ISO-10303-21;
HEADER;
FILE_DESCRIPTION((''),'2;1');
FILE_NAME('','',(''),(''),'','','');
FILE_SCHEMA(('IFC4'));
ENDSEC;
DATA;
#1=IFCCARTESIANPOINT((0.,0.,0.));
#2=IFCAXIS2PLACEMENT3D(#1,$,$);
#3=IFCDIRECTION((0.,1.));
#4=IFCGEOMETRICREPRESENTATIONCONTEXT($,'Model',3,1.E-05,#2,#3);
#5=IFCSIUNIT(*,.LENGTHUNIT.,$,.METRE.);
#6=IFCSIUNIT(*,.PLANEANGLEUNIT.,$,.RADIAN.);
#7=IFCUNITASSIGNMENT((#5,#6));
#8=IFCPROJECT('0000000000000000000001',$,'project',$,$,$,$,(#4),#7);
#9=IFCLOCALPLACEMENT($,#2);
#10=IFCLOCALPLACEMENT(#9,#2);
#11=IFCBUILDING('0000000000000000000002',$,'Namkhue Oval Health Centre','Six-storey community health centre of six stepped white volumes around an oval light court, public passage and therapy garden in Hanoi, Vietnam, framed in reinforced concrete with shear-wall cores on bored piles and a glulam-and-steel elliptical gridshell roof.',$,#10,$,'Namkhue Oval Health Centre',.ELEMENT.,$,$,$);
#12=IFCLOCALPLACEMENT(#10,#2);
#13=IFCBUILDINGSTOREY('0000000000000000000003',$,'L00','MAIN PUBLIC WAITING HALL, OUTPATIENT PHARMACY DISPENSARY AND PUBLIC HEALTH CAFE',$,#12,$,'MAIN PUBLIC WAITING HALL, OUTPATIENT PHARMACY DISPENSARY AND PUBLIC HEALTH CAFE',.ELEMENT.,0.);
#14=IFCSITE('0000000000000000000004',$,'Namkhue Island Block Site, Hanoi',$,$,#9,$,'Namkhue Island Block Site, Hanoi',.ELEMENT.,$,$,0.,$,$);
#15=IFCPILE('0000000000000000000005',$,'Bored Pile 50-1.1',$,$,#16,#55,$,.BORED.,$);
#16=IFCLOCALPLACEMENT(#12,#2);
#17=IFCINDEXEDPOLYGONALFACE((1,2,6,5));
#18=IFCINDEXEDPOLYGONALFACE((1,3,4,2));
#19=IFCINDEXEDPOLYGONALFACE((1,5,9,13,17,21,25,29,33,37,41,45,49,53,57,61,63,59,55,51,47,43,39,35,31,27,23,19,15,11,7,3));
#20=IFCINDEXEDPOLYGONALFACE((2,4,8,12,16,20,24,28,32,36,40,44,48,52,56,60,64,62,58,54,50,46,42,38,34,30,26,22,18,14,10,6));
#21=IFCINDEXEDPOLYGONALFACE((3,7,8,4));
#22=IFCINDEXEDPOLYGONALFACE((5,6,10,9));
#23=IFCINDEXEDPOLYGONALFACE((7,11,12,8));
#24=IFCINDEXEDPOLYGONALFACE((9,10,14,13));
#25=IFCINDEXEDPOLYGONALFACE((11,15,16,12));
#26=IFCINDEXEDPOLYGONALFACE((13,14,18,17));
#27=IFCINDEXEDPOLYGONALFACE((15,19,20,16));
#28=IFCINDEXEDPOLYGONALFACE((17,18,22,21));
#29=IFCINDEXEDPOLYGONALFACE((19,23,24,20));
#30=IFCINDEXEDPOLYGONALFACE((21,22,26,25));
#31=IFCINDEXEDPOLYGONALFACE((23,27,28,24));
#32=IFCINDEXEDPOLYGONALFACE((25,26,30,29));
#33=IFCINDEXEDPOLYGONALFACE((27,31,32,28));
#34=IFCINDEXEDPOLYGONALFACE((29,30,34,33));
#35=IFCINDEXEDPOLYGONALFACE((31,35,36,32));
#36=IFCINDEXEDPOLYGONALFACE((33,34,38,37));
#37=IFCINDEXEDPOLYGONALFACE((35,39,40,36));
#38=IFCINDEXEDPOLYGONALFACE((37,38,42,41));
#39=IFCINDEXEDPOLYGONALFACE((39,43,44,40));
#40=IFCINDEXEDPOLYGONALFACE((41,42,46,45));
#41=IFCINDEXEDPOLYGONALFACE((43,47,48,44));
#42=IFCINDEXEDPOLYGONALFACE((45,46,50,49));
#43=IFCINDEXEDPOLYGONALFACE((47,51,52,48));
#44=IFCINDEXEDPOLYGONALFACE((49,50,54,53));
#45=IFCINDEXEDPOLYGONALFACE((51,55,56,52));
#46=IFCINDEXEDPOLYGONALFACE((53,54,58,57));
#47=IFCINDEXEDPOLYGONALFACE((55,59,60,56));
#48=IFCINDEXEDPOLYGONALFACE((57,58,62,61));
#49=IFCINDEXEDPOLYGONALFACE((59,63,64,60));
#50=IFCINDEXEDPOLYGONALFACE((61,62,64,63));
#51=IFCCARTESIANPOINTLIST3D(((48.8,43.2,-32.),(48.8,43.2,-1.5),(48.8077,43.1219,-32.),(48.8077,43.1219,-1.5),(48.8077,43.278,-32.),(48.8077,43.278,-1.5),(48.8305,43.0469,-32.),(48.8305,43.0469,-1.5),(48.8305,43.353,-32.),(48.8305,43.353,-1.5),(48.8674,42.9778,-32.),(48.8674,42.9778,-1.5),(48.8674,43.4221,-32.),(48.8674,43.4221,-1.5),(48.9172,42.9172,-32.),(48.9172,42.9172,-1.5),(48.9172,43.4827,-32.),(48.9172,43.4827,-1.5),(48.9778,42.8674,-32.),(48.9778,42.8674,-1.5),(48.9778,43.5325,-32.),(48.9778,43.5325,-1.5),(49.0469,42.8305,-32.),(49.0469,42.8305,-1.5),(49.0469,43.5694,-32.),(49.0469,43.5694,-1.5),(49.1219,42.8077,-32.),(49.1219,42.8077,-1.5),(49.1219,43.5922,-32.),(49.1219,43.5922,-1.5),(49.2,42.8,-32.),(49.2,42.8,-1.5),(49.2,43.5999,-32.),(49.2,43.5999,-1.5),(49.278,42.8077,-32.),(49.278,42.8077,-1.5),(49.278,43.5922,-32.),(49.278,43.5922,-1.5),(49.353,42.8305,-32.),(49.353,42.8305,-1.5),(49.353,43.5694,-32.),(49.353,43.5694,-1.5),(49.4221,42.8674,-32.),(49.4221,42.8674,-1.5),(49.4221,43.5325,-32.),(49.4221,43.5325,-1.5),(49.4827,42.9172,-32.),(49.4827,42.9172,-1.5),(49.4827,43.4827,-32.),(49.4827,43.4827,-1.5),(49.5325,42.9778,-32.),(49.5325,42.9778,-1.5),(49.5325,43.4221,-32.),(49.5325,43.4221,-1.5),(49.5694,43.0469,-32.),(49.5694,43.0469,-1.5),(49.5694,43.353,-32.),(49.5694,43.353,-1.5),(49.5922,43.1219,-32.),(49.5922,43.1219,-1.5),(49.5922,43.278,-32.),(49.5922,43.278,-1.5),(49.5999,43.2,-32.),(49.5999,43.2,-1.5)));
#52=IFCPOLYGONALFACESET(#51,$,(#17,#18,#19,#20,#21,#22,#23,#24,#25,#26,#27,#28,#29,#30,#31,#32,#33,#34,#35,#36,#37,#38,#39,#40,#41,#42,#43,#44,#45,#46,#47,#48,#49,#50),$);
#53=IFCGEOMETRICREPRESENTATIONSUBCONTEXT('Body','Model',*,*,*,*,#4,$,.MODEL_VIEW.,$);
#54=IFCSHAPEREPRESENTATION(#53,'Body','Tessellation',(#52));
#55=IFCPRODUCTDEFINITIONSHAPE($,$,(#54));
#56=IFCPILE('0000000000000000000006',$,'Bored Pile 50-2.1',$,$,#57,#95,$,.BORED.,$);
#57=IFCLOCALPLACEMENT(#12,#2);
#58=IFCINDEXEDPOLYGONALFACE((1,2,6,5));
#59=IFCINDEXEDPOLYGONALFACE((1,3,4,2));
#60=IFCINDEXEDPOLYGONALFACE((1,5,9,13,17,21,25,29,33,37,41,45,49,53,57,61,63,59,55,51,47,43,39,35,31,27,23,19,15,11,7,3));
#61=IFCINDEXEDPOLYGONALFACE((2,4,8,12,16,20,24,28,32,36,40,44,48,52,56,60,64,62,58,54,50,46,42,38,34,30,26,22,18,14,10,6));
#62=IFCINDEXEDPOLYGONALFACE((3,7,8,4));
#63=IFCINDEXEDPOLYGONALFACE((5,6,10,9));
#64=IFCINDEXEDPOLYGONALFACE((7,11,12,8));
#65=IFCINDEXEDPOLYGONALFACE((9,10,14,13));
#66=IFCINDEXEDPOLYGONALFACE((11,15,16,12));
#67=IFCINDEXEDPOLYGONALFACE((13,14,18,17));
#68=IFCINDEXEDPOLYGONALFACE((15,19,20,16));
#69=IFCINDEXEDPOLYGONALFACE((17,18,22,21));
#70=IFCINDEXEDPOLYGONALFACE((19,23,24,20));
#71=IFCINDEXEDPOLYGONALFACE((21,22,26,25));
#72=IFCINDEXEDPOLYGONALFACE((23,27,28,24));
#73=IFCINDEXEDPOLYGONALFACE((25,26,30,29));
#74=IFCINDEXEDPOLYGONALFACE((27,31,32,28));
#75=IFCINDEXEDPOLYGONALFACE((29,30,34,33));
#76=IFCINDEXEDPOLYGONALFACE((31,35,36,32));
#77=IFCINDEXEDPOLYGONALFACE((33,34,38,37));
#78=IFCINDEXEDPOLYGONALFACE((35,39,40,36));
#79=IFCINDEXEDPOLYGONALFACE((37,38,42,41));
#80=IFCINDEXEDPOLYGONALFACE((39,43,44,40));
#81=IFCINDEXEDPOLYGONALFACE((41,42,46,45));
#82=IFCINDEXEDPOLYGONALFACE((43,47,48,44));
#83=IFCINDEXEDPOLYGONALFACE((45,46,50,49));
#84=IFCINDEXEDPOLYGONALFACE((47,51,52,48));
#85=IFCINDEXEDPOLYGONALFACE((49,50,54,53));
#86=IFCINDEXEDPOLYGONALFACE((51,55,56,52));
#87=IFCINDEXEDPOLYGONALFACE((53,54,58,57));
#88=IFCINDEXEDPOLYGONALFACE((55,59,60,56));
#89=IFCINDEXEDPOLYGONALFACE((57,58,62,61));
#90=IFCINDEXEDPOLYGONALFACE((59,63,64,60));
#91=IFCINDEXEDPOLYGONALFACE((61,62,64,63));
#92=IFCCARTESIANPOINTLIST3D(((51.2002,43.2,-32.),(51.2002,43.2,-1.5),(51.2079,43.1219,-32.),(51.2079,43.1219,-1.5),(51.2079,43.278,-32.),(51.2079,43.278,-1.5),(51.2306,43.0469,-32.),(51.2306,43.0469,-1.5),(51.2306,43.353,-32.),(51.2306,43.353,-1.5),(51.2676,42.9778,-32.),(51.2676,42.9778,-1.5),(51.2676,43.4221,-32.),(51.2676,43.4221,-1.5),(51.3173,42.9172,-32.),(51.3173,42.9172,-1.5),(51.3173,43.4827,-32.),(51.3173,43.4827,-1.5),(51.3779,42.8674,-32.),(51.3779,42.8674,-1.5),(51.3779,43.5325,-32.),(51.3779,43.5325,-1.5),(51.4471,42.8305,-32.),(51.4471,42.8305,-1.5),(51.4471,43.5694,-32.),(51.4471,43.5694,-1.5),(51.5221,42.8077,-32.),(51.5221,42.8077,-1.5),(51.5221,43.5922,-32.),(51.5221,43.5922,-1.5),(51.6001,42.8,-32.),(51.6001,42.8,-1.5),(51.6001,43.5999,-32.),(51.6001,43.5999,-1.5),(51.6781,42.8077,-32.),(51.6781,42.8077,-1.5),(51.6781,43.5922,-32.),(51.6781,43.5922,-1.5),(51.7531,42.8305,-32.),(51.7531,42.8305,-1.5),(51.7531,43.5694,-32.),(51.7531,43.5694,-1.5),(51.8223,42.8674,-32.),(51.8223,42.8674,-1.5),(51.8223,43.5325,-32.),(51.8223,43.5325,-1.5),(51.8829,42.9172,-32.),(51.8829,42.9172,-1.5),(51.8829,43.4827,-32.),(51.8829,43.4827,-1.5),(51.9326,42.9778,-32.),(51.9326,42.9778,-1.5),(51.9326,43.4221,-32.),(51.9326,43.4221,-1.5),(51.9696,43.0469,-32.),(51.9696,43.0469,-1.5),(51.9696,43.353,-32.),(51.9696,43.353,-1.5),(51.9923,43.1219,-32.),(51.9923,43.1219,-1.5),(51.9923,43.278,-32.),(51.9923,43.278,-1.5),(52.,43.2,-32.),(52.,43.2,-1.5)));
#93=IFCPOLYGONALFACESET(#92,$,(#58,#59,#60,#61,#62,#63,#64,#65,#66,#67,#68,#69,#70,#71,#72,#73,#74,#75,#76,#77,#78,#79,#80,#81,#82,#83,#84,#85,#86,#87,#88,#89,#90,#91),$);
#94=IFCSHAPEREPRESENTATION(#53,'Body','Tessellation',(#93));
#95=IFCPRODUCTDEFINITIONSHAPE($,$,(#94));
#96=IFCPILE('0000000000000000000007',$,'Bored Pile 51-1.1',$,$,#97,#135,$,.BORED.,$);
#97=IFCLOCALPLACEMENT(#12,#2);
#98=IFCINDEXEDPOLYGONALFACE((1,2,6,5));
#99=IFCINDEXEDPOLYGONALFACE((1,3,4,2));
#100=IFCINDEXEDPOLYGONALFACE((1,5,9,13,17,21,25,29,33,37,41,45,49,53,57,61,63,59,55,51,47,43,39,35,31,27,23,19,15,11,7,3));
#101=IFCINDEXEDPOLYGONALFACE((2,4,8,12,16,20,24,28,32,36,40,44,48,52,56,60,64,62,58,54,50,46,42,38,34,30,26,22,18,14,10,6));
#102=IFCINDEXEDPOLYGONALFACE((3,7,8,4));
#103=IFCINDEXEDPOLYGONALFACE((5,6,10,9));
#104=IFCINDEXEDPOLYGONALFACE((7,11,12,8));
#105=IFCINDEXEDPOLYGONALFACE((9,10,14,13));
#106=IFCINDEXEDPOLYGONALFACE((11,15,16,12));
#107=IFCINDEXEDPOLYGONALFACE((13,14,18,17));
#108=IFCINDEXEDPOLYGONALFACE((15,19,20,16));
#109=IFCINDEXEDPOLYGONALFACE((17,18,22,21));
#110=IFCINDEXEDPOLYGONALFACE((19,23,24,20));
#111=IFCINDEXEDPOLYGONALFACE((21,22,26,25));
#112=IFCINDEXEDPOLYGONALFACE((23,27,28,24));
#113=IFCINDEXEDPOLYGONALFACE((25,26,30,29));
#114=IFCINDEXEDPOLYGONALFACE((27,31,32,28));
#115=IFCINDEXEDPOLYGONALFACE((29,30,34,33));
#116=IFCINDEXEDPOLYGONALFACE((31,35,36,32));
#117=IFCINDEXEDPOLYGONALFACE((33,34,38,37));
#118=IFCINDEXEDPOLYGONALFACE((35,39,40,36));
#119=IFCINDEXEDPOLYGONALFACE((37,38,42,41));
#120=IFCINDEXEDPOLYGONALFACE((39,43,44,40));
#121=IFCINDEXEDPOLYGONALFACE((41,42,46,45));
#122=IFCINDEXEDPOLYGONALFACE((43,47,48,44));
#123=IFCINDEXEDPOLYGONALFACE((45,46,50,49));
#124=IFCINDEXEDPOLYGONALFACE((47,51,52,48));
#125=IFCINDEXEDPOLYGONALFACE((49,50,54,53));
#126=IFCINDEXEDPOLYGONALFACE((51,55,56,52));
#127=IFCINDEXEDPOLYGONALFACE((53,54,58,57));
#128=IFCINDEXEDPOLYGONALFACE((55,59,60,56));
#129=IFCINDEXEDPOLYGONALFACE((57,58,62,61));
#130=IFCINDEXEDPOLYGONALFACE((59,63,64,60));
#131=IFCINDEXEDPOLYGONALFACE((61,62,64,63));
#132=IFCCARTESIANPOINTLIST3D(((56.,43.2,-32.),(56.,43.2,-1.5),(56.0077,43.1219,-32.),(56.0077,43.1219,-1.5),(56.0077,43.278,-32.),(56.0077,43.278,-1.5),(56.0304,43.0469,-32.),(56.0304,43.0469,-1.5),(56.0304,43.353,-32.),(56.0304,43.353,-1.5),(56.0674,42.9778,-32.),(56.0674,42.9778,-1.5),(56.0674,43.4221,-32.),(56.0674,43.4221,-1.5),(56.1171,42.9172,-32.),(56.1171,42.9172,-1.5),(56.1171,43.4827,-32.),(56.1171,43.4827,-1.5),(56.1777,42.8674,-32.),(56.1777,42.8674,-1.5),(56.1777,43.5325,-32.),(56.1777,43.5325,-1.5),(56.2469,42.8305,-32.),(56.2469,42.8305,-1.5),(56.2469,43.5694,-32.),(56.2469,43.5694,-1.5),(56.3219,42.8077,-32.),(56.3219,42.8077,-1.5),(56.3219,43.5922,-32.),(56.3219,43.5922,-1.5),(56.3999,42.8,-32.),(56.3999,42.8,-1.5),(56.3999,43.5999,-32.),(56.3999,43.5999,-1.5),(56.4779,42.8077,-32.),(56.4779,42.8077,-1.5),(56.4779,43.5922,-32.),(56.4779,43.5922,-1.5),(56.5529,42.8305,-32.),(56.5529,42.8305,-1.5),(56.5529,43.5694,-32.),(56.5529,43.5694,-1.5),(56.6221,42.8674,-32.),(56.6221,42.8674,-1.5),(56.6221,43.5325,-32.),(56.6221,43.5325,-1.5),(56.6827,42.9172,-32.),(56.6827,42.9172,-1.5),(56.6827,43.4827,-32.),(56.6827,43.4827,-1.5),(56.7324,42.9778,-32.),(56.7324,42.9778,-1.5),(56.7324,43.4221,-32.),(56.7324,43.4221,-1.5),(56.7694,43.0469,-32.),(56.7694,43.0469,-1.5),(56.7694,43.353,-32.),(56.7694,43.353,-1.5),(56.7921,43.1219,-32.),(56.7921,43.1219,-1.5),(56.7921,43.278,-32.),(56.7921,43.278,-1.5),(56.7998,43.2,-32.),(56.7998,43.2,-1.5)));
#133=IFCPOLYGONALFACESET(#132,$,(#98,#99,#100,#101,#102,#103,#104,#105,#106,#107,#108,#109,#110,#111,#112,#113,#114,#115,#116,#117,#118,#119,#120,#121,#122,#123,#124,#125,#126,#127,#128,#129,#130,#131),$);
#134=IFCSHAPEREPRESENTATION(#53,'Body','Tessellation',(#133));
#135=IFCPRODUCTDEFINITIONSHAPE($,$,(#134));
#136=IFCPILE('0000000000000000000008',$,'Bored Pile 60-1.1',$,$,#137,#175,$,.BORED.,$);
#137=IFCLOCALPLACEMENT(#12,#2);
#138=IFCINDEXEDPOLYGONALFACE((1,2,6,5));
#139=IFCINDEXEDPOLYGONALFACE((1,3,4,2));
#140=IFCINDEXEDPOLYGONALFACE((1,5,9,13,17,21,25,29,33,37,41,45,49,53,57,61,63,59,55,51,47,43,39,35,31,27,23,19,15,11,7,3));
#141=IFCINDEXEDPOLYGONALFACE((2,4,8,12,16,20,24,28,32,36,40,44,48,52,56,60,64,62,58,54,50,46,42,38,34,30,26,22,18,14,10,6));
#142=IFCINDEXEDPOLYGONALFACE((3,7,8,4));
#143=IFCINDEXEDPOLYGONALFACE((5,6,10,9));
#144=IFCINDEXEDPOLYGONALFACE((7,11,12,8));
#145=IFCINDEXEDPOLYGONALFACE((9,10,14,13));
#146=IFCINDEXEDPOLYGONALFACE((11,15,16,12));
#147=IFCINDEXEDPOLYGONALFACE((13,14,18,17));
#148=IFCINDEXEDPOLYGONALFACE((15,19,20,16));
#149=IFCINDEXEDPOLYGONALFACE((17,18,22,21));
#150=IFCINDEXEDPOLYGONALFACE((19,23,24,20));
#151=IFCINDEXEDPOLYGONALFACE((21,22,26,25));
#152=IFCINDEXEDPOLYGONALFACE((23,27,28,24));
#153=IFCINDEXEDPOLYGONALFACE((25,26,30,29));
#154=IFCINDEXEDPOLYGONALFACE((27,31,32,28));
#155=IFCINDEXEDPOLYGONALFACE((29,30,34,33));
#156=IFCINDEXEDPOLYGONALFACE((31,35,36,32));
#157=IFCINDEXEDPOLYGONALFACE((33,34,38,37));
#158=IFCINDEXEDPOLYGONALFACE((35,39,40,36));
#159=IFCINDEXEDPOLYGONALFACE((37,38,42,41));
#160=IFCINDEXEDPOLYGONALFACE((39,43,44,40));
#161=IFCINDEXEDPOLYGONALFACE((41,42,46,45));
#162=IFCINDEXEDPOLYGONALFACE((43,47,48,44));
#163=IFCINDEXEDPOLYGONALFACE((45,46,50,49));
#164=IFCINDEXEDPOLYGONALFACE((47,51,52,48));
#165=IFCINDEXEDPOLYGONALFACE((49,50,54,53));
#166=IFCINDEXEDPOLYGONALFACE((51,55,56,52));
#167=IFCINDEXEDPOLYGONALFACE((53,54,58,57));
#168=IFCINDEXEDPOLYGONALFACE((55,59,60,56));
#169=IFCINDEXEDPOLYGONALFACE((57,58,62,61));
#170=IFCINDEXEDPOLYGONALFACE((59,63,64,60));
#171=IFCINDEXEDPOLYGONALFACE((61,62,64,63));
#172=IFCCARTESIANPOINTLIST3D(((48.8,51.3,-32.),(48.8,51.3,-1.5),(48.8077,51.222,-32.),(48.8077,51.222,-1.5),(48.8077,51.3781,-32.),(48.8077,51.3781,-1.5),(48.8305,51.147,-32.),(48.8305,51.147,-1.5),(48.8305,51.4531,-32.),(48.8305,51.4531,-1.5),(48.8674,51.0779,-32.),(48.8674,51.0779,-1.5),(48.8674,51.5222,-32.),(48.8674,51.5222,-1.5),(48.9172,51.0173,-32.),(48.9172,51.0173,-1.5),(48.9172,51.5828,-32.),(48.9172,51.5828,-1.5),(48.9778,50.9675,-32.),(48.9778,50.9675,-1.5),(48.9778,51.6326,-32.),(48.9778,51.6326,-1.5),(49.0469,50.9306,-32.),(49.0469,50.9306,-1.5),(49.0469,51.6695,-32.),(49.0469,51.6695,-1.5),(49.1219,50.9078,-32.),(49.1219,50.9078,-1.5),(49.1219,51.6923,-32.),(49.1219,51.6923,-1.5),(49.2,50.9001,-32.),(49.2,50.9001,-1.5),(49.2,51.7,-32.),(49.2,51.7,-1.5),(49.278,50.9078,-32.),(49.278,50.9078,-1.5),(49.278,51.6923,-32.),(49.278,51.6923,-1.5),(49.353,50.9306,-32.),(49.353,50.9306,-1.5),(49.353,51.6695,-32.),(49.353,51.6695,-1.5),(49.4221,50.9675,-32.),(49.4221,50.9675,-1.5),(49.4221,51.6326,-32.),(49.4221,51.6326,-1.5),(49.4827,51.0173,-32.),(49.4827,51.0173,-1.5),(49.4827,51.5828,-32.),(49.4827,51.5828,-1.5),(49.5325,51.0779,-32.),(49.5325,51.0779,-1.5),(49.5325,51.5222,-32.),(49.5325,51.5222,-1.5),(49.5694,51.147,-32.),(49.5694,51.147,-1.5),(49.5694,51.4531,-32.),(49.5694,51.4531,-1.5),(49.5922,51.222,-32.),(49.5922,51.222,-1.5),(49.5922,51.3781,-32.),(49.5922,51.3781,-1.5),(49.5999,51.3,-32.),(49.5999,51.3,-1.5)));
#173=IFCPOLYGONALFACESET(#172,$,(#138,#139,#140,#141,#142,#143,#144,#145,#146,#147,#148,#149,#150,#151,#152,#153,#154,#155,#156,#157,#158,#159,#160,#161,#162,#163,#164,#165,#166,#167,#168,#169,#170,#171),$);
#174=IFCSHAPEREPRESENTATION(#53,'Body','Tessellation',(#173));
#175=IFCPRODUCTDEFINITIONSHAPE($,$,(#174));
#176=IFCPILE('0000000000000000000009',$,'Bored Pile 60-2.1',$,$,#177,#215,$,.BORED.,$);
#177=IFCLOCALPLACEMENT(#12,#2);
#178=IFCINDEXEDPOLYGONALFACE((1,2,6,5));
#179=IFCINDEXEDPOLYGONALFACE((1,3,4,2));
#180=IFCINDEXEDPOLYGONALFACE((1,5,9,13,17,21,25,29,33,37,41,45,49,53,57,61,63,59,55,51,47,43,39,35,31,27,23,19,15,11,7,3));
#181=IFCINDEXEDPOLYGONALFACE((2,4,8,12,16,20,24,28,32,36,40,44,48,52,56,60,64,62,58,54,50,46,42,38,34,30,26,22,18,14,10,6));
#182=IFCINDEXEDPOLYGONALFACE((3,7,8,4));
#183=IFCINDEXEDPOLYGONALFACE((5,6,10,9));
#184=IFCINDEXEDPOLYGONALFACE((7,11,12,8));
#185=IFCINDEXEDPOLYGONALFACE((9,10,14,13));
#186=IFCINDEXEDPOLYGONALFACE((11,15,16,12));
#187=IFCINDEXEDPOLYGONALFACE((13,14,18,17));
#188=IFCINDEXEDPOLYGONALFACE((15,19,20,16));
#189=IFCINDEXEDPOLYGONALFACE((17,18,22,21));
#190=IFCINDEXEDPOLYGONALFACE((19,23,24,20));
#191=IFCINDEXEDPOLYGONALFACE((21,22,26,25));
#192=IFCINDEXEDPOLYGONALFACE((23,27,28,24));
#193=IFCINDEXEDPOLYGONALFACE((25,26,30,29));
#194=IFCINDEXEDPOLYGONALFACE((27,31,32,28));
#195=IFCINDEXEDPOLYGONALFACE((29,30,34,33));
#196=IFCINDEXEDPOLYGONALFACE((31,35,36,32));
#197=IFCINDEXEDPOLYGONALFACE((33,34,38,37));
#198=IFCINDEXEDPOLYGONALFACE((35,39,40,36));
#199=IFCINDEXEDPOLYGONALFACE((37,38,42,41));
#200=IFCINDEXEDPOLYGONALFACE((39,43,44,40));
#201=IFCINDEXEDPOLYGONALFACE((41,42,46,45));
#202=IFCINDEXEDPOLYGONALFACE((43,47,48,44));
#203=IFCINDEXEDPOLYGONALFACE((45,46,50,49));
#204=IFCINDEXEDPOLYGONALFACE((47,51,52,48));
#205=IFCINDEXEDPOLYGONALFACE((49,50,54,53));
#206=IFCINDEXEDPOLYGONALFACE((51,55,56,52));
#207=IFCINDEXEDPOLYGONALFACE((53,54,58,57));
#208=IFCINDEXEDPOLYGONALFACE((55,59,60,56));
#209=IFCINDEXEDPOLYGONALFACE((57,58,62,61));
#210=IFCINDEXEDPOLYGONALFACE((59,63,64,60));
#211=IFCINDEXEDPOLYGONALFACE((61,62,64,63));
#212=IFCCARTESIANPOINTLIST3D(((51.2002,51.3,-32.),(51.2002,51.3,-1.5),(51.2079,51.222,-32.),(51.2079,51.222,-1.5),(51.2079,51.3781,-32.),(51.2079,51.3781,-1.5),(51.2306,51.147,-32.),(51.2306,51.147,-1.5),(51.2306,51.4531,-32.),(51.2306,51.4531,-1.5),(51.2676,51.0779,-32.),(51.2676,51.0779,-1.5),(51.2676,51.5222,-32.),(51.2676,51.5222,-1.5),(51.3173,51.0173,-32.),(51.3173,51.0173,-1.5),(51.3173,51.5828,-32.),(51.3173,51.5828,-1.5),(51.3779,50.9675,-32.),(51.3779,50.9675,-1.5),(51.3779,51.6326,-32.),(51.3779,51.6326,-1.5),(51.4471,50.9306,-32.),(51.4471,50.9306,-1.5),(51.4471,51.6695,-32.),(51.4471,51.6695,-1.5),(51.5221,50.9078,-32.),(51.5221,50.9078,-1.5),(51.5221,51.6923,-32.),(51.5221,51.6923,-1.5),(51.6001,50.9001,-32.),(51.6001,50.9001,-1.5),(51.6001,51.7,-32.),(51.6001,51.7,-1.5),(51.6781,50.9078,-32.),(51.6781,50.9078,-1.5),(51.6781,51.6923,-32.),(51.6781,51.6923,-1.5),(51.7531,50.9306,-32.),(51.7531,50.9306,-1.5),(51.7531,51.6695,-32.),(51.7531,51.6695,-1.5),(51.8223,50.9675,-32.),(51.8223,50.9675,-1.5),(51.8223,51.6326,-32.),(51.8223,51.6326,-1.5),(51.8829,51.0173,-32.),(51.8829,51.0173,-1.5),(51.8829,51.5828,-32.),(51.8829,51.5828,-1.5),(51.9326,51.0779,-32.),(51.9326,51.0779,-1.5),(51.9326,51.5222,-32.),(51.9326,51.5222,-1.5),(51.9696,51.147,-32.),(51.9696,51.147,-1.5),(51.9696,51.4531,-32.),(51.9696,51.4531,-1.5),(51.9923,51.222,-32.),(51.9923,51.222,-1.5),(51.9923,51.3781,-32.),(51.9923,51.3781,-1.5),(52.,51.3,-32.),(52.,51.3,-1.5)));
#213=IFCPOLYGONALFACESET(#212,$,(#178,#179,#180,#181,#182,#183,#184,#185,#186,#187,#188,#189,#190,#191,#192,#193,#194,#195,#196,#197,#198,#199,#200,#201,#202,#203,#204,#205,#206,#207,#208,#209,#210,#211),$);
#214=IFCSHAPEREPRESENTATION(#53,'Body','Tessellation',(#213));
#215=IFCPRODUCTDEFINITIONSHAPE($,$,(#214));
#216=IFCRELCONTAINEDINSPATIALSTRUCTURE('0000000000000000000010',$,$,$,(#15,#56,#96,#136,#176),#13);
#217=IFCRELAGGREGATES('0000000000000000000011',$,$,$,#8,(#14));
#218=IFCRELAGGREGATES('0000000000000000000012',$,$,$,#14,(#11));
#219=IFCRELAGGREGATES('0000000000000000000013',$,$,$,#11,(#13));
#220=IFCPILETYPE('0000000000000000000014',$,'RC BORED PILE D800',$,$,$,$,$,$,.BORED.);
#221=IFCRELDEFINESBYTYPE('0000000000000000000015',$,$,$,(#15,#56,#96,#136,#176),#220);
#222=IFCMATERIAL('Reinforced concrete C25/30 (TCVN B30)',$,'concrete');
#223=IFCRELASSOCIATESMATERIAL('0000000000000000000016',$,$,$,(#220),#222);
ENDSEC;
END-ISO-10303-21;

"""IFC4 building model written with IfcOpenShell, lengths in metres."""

from ifc_helpers import new_model, si_unit, direction, frame, origin, origin_2d, place, context, subcontext, project, spatial, circle, extrude, material, material_profile, profile_set, type_object, element, save


model = new_model("IFC4")

# Units and contexts
model_context = context("Model", 3, precision=1e-05, world=origin(), true_north=direction((0.0, 1.0)))
body_context = subcontext(model_context, "Body", "Model", "MODEL_VIEW")
ifc_project = project(units=[si_unit("LENGTHUNIT", "METRE"), si_unit("PLANEANGLEUNIT", "RADIAN")], contexts=[model_context])

# Site, building, storey
site_placement = place(None, origin())
site = spatial("IfcSite", under=ifc_project, at=site_placement, Name="Namkhue Island Block Site, Hanoi", LongName="Namkhue Island Block Site, Hanoi", CompositionType="ELEMENT", RefElevation=0.0)
building_placement = place(site_placement, origin())
building = spatial("IfcBuilding", under=site, at=building_placement, Name="Namkhue Oval Health Centre", Description="Six-storey community health centre of six stepped white volumes around an oval light court, public passage and therapy garden in Hanoi, Vietnam, framed in reinforced concrete with shear-wall cores on bored piles and a glulam-and-steel elliptical gridshell roof.", LongName="Namkhue Oval Health Centre", CompositionType="ELEMENT")
storey_placement = place(building_placement, origin())
storey = spatial("IfcBuildingStorey", under=building, at=storey_placement, Name="L00", Description="MAIN PUBLIC WAITING HALL, OUTPATIENT PHARMACY DISPENSARY AND PUBLIC HEALTH CAFE", LongName="MAIN PUBLIC WAITING HALL, OUTPATIENT PHARMACY DISPENSARY AND PUBLIC HEALTH CAFE", CompositionType="ELEMENT", Elevation=0.0)

# Piles
ifc_material_1 = material(Name="Reinforced concrete C25/30 (TCVN B30)", Category="concrete")
ifc_material_profile_1 = material_profile(ifc_material_1, circle(Radius=0.3999, at=origin_2d()), Name="BORED PILE D800")
ifc_profile_set_1 = profile_set([ifc_material_profile_1], Name="Reinforced concrete C25/30 (TCVN B30)")
pile_type = type_object("IfcPileType", Name="RC BORED PILE D800", PredefinedType="BORED", material=ifc_profile_set_1)
for number, where, z_axis, x_axis, name in (
    (1, (49.2, 43.2, -1.5), (0.0, 0.0, -1.0), (1.0, 0.0, 0.0), "Bored Pile 50-1.1"),
    (2, (51.6001, 43.2, -1.5), (0.0, 0.0, -1.0), (1.0, 0.0, 0.0), "Bored Pile 50-2.1"),
    (3, (56.3999, 43.2, -1.5), (0.0, 0.0, -1.0), (1.0, 0.0, 0.0), "Bored Pile 51-1.1"),
    (4, (49.2, 51.3, -1.5), (0.0, 0.0, -1.0), (1.0, 0.0, 0.0), "Bored Pile 60-1.1"),
    (5, (51.6001, 51.3, -1.5), (0.0, 0.0, -1.0), (1.0, 0.0, 0.0), "Bored Pile 60-2.1"),
):
    element("IfcPile", number, at=place(storey_placement, frame(where, z_axis=z_axis, x_axis=x_axis)), inside=storey, type_object=pile_type, Name=name, PredefinedType="BORED", context=body_context, shape_type="SweptSolid", body=[
        extrude(circle(Radius=0.3999, at=origin_2d()), origin(), (0.0, 0.0, 1.0), 30.5),
    ])

save(model, "model.ifc")
